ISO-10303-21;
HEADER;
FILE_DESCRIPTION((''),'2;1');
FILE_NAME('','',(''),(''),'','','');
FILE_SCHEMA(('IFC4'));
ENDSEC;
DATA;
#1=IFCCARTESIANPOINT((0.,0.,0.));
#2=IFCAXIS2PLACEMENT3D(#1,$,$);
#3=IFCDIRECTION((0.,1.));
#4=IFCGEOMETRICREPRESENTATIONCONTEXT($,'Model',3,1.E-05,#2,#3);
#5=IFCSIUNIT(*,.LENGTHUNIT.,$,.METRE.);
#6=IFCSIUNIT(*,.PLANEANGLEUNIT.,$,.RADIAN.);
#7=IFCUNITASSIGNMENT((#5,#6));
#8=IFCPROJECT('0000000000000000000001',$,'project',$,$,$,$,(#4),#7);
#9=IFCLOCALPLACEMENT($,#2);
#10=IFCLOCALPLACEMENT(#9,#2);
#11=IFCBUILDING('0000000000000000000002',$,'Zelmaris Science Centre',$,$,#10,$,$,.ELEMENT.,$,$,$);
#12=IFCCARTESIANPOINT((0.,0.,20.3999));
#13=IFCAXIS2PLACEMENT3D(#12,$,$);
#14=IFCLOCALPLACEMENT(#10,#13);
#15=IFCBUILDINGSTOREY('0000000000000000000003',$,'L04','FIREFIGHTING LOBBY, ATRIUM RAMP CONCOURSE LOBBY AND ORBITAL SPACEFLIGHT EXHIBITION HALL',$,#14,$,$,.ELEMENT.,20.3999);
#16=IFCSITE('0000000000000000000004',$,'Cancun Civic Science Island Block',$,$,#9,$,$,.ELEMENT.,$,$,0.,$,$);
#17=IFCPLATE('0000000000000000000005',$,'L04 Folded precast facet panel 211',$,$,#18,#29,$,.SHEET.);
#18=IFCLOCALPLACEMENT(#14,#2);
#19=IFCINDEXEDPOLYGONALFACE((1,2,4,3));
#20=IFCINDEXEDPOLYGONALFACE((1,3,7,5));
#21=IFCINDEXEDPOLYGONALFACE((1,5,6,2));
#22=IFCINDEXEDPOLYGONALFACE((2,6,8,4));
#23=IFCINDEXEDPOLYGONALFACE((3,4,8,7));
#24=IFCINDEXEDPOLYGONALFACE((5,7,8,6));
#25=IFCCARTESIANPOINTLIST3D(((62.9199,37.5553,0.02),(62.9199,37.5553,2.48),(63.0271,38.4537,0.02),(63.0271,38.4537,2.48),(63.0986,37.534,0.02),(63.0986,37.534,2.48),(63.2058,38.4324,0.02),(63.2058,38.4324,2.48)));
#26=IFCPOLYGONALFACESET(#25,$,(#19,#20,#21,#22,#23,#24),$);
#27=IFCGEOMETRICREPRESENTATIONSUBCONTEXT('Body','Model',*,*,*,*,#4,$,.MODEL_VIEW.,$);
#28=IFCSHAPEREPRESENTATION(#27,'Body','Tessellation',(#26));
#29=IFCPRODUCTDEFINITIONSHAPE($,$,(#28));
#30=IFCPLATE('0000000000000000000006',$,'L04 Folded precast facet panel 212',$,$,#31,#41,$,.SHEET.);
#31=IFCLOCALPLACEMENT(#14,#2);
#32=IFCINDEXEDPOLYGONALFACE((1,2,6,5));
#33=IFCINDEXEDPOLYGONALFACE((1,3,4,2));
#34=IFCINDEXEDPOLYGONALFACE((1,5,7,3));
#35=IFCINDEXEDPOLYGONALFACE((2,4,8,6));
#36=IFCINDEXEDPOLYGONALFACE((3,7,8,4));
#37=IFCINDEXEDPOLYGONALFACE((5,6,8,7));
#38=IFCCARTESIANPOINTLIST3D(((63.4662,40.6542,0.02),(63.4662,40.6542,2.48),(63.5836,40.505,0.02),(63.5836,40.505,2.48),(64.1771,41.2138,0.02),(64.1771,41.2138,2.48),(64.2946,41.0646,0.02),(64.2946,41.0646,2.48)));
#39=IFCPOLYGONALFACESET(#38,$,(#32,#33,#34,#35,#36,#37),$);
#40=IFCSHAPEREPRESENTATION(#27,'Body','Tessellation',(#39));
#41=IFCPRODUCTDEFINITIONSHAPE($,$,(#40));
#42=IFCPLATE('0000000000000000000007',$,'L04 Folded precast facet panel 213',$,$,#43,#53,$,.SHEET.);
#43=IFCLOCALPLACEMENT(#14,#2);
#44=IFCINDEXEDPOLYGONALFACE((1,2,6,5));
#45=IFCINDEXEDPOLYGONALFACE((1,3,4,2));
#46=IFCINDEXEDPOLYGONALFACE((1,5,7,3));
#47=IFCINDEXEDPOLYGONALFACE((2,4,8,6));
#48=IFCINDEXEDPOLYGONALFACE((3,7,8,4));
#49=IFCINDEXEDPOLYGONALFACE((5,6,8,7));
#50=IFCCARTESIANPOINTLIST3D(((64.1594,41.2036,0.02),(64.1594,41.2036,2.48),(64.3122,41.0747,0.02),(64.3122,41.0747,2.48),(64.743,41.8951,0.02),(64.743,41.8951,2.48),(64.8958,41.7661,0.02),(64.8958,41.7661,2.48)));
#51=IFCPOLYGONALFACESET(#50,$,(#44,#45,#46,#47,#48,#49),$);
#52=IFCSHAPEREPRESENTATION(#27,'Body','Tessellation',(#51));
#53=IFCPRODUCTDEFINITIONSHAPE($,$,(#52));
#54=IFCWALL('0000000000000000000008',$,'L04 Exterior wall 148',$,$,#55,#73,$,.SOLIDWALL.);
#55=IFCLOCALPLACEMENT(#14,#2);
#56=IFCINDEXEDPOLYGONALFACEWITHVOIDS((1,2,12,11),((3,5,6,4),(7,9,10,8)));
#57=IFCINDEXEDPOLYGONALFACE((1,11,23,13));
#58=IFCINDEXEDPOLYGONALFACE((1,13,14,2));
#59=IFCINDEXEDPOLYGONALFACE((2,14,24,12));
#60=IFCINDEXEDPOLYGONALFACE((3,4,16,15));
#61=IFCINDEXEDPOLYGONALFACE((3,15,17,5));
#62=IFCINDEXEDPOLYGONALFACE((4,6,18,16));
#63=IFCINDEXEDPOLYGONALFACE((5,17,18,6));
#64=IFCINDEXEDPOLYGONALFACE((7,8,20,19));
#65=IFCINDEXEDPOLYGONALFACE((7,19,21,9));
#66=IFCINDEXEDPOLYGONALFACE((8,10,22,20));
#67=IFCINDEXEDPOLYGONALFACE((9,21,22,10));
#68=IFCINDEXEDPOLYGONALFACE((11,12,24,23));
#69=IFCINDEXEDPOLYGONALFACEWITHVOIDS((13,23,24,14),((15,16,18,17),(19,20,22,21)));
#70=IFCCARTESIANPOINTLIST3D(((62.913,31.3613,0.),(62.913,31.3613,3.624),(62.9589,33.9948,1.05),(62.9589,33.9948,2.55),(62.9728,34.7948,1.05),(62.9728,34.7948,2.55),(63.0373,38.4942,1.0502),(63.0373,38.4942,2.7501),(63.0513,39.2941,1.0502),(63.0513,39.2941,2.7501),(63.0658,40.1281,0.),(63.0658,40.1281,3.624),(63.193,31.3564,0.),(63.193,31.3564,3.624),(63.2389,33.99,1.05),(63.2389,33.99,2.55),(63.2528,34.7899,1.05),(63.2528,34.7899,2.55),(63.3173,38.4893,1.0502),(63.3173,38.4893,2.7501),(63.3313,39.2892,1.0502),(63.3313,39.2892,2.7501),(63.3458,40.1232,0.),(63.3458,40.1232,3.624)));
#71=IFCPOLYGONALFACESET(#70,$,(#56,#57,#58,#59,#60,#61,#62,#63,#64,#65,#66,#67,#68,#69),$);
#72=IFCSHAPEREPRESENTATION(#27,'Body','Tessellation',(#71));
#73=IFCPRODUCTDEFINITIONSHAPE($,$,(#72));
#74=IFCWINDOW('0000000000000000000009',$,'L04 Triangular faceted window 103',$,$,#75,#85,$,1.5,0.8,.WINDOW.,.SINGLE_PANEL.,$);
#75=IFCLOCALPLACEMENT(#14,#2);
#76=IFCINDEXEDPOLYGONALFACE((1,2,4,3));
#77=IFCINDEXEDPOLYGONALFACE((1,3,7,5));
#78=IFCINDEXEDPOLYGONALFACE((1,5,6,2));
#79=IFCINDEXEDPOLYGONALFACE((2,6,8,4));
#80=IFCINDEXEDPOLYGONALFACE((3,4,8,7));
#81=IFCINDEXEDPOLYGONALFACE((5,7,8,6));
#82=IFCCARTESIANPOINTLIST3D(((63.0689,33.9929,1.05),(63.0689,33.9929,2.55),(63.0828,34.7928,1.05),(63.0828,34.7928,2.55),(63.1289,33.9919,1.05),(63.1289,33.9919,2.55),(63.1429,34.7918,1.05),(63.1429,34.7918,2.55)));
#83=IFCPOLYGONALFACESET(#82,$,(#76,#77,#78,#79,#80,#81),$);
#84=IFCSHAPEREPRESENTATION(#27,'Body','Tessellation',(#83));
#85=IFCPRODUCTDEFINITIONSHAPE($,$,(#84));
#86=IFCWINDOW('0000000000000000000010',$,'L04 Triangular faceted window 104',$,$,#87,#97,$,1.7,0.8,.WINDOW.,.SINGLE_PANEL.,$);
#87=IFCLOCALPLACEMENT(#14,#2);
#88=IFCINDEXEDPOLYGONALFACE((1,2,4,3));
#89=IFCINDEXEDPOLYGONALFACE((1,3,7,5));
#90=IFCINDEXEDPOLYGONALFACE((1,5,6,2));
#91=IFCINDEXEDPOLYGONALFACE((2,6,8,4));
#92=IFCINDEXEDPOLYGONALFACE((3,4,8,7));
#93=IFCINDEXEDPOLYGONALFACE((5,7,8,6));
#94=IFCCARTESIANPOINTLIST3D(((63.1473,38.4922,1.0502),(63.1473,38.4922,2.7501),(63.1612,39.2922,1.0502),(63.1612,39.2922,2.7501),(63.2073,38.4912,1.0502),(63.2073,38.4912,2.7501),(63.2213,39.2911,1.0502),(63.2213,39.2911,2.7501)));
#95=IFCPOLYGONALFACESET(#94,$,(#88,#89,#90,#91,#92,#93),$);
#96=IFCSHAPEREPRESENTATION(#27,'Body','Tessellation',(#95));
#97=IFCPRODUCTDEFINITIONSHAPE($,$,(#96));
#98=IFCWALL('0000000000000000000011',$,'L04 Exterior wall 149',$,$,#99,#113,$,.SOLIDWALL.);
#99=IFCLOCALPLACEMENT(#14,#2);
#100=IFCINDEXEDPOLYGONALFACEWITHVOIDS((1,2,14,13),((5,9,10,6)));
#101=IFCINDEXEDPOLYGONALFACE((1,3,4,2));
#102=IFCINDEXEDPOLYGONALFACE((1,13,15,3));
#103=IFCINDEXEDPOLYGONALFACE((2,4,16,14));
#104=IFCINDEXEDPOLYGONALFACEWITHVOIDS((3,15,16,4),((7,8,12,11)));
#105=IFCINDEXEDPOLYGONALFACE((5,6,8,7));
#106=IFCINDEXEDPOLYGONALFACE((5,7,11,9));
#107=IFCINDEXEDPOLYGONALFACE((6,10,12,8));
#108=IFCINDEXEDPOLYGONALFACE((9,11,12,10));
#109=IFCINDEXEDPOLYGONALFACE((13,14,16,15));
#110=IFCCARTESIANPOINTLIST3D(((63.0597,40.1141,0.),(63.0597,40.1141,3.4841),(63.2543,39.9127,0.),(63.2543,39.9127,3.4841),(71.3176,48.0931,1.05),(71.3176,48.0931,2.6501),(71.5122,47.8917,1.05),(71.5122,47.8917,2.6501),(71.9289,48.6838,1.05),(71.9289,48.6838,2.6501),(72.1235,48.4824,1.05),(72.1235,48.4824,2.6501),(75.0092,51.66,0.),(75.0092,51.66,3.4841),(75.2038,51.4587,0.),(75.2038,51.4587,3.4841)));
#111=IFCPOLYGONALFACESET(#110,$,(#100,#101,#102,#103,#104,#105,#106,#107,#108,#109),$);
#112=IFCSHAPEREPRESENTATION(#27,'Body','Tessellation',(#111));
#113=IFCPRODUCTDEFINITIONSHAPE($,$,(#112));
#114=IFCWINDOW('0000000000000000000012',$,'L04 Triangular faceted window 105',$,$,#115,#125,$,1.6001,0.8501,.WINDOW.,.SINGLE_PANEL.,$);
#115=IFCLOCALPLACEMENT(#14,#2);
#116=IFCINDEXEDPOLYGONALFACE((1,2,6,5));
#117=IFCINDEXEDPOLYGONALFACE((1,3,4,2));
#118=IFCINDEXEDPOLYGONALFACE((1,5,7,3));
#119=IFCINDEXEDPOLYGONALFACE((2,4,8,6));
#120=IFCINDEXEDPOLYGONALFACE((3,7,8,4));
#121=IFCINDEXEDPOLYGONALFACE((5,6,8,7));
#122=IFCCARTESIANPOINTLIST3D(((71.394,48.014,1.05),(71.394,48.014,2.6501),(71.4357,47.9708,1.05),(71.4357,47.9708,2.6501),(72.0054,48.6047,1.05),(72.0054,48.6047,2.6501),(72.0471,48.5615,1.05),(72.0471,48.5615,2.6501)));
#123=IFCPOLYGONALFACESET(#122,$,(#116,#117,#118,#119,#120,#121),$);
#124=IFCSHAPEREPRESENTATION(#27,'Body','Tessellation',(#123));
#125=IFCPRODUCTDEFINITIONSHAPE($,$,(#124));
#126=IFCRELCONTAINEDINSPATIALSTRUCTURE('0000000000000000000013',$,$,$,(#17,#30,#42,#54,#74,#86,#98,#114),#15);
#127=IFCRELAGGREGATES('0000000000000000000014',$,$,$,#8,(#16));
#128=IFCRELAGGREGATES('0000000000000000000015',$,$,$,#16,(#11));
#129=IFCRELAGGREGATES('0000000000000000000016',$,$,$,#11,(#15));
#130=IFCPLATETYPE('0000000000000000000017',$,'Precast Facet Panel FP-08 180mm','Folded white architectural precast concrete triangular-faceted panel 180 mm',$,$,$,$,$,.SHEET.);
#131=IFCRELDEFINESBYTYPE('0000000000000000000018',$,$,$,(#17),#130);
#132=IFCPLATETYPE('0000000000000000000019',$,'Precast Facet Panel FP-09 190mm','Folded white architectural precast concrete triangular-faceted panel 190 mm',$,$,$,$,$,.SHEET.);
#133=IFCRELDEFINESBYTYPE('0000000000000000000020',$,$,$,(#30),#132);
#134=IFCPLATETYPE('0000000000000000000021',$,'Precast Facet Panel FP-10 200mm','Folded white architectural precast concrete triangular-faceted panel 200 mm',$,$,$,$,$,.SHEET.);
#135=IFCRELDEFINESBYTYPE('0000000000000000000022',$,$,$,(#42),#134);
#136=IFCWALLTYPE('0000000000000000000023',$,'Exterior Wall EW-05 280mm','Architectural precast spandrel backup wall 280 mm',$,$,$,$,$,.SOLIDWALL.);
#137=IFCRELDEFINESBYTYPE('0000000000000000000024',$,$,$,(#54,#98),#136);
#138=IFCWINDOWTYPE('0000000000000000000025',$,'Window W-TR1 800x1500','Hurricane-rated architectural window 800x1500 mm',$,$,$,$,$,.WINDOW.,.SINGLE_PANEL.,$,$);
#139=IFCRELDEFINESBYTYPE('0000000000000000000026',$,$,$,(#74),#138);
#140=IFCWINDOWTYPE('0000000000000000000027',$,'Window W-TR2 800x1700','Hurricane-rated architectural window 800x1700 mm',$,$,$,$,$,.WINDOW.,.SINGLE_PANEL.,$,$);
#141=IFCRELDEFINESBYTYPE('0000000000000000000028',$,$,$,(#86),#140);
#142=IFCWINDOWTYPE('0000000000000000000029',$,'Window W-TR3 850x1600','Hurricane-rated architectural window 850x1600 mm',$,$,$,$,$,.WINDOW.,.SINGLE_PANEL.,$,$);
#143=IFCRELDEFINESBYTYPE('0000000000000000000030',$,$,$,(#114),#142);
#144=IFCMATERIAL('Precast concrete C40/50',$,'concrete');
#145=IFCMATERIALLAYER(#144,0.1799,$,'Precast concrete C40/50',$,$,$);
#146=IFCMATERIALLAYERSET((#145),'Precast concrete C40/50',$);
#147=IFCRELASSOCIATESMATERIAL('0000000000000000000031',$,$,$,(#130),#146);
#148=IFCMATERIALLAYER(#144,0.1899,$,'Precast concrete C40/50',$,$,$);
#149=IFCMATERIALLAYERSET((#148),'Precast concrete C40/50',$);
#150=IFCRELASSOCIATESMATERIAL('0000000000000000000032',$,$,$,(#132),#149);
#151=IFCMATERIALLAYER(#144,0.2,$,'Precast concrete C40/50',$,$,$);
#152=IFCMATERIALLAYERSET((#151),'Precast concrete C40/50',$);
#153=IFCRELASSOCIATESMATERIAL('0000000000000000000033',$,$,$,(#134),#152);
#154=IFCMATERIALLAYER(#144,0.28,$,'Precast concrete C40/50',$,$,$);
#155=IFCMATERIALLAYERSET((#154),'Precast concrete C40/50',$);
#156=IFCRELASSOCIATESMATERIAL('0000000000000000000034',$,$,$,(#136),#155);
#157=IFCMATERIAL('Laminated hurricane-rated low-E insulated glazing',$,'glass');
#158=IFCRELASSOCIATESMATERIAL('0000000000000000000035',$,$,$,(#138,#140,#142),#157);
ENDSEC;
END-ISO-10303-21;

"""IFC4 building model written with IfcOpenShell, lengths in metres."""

from ifc_helpers import new_model, si_unit, direction, frame, frame_2d, origin, place, context, subcontext, project, spatial, rectangle, extrude, material, layer, layer_set, type_object, element, fill, save


model = new_model("IFC4")

# Units and contexts
model_context = context("Model", 3, precision=1e-05, world=origin(), true_north=direction((0.0, 1.0)))
body_context = subcontext(model_context, "Body", "Model", "MODEL_VIEW")
ifc_project = project(units=[si_unit("LENGTHUNIT", "METRE"), si_unit("PLANEANGLEUNIT", "RADIAN")], contexts=[model_context])

# Site, building, storey
site_placement = place(None, origin())
site = spatial("IfcSite", under=ifc_project, at=site_placement, Name="Cancun Civic Science Island Block", CompositionType="ELEMENT", RefElevation=0.0)
building_placement = place(site_placement, origin())
building = spatial("IfcBuilding", under=site, at=building_placement, Name="Zelmaris Science Centre", CompositionType="ELEMENT")
storey_placement = place(building_placement, frame((0.0, 0.0, 20.3999)))
storey = spatial("IfcBuildingStorey", under=building, at=storey_placement, Name="L04", Description="FIREFIGHTING LOBBY, ATRIUM RAMP CONCOURSE LOBBY AND ORBITAL SPACEFLIGHT EXHIBITION HALL", CompositionType="ELEMENT", Elevation=20.3999)

# Shared definitions
ifc_material_1 = material(Name="Laminated hurricane-rated low-E insulated glazing", Category="glass")

# Plates
ifc_material_2 = material(Name="Precast concrete C40/50", Category="concrete")
ifc_layer_1 = layer(ifc_material_2, 0.1799, Name="Precast concrete C40/50")
ifc_layer_set_1 = layer_set([ifc_layer_1], Name="Precast concrete C40/50")
plate_type_1 = type_object("IfcPlateType", Name="Precast Facet Panel FP-08 180mm", Description="Folded white architectural precast concrete triangular-faceted panel 180 mm", PredefinedType="SHEET", material=ifc_layer_set_1)
plate_1_placement = place(storey_placement, frame((63.0093, 37.5447, 0.02), z_axis=(0.0, 0.0, 1.0), x_axis=(0.118454, 0.99296, 0.0)))
element("IfcPlate", 1, at=plate_1_placement, inside=storey, type_object=plate_type_1, Name="L04 Folded precast facet panel 211", PredefinedType="SHEET", context=body_context, shape_type="SweptSolid", body=[
    extrude(rectangle(XDim=0.9048, YDim=0.1799, at=frame_2d((0.4524, 0.0))), origin(), (0.0, 0.0, 1.0), 2.46),
])
ifc_layer_2 = layer(ifc_material_2, 0.1899, Name="Precast concrete C40/50")
ifc_layer_set_2 = layer_set([ifc_layer_2], Name="Precast concrete C40/50")
plate_type_2 = type_object("IfcPlateType", Name="Precast Facet Panel FP-09 190mm", Description="Folded white architectural precast concrete triangular-faceted panel 190 mm", PredefinedType="SHEET", material=ifc_layer_set_2)
plate_2_placement = place(storey_placement, frame((63.5249, 40.5796, 0.02), z_axis=(0.0, 0.0, 1.0), x_axis=(0.785794, 0.618489, 0.0)))
element("IfcPlate", 2, at=plate_2_placement, inside=storey, type_object=plate_type_2, Name="L04 Folded precast facet panel 212", PredefinedType="SHEET", context=body_context, shape_type="SweptSolid", body=[
    extrude(rectangle(XDim=0.9048, YDim=0.1899, at=frame_2d((0.4524, 0.0))), origin(), (0.0, 0.0, 1.0), 2.46),
])
ifc_layer_3 = layer(ifc_material_2, 0.2, Name="Precast concrete C40/50")
ifc_layer_set_3 = layer_set([ifc_layer_3], Name="Precast concrete C40/50")
plate_type_3 = type_object("IfcPlateType", Name="Precast Facet Panel FP-10 200mm", Description="Folded white architectural precast concrete triangular-faceted panel 200 mm", PredefinedType="SHEET", material=ifc_layer_set_3)
plate_3_placement = place(storey_placement, frame((64.2358, 41.1392, 0.02), z_axis=(0.0, 0.0, 1.0), x_axis=(0.64495, 0.764225, 0.0)))
element("IfcPlate", 3, at=plate_3_placement, inside=storey, type_object=plate_type_3, Name="L04 Folded precast facet panel 213", PredefinedType="SHEET", context=body_context, shape_type="SweptSolid", body=[
    extrude(rectangle(XDim=0.9048, YDim=0.2, at=frame_2d((0.4524, 0.0))), origin(), (0.0, 0.0, 1.0), 2.46),
])

# Wall, openings, windows
ifc_layer_4 = layer(ifc_material_2, 0.28, Name="Precast concrete C40/50")
ifc_layer_set_4 = layer_set([ifc_layer_4], Name="Precast concrete C40/50")
wall_type = type_object("IfcWallType", Name="Exterior Wall EW-05 280mm", Description="Architectural precast spandrel backup wall 280 mm", PredefinedType="SOLIDWALL", material=ifc_layer_set_4)
wall_1_placement = place(storey_placement, frame((63.053, 31.3589, 0.0), z_axis=(0.0, 0.0, 1.0), x_axis=(0.01743, 0.999848, 0.0)))
wall_1 = element("IfcWall", 4, at=wall_1_placement, inside=storey, type_object=wall_type, Name="L04 Exterior wall 148", PredefinedType="SOLIDWALL", context=body_context, shape_type="SweptSolid", body=[
    extrude(rectangle(XDim=8.7681, YDim=0.28, at=frame_2d((4.384, 0.0))), origin(), (0.0, 0.0, 1.0), 3.624),
])
opening_1_placement = place(wall_1_placement, frame((2.634, 0.0, 1.05)))
opening_1 = element("IfcOpeningElement", 5, at=opening_1_placement, cuts=wall_1, PredefinedType="OPENING", context=body_context, shape_type="SweptSolid", body=[
    extrude(rectangle(XDim=0.8, YDim=1.5, at=frame_2d((0.3999, 0.75))), frame((0.0, 0.1499, 0.0), z_axis=(0.0, -1.0, 0.0), x_axis=(1.0, 0.0, 0.0)), (0.0, 0.0, 1.0), 0.3),
])
opening_2_placement = place(wall_1_placement, frame((7.134, 0.0, 1.05)))
opening_2 = element("IfcOpeningElement", 6, at=opening_2_placement, cuts=wall_1, PredefinedType="OPENING", context=body_context, shape_type="SweptSolid", body=[
    extrude(rectangle(XDim=0.8, YDim=1.7, at=frame_2d((0.3999, 0.8501))), frame((0.0, 0.1499, 0.0), z_axis=(0.0, -1.0, 0.0), x_axis=(1.0, 0.0, 0.0)), (0.0, 0.0, 1.0), 0.3),
])
window_type_1 = type_object("IfcWindowType", Name="Window W-TR1 800x1500", Description="Hurricane-rated architectural window 800x1500 mm", PartitioningType="SINGLE_PANEL", PredefinedType="WINDOW", material=ifc_material_1)
window_1_placement = place(opening_1_placement, origin())
window_1 = element("IfcWindow", 7, at=window_1_placement, inside=storey, type_object=window_type_1, Name="L04 Triangular faceted window 103", OverallHeight=1.5, OverallWidth=0.8, PartitioningType="SINGLE_PANEL", PredefinedType="WINDOW", context=body_context, shape_type="SweptSolid", body=[
    extrude(rectangle(XDim=0.8, YDim=1.5, at=frame_2d((0.3999, 0.75))), frame((0.0, 0.03, 0.0), z_axis=(0.0, -1.0, 0.0), x_axis=(1.0, 0.0, 0.0)), (0.0, 0.0, 1.0), 0.0601),
])
fill(opening_1, window_1)
window_type_2 = type_object("IfcWindowType", Name="Window W-TR2 800x1700", Description="Hurricane-rated architectural window 800x1700 mm", PartitioningType="SINGLE_PANEL", PredefinedType="WINDOW", material=ifc_material_1)
window_2_placement = place(opening_2_placement, origin())
window_2 = element("IfcWindow", 8, at=window_2_placement, inside=storey, type_object=window_type_2, Name="L04 Triangular faceted window 104", OverallHeight=1.7, OverallWidth=0.8, PartitioningType="SINGLE_PANEL", PredefinedType="WINDOW", context=body_context, shape_type="SweptSolid", body=[
    extrude(rectangle(XDim=0.8, YDim=1.7, at=frame_2d((0.3999, 0.8501))), frame((0.0, 0.03, 0.0), z_axis=(0.0, -1.0, 0.0), x_axis=(1.0, 0.0, 0.0)), (0.0, 0.0, 1.0), 0.0601),
])
fill(opening_2, window_2)

# Wall, opening, window
wall_2_placement = place(storey_placement, frame((63.157, 40.0134, 0.0), z_axis=(0.0, 0.0, 1.0), x_axis=(0.719146, 0.694859, 0.0)))
wall_2 = element("IfcWall", 9, at=wall_2_placement, inside=storey, type_object=wall_type, Name="L04 Exterior wall 149", PredefinedType="SOLIDWALL", context=body_context, shape_type="SweptSolid", body=[
    extrude(rectangle(XDim=16.6162, YDim=0.28, at=frame_2d((8.3081, 0.0))), origin(), (0.0, 0.0, 1.0), 3.4841),
])
opening_3_placement = place(wall_2_placement, frame((11.4829, 0.0, 1.05)))
opening_3 = element("IfcOpeningElement", 10, at=opening_3_placement, cuts=wall_2, PredefinedType="OPENING", context=body_context, shape_type="SweptSolid", body=[
    extrude(rectangle(XDim=0.8501, YDim=1.6001, at=frame_2d((0.425, 0.8))), frame((0.0, 0.1499, 0.0), z_axis=(0.0, -1.0, 0.0), x_axis=(1.0, 0.0, 0.0)), (0.0, 0.0, 1.0), 0.3),
])
window_type_3 = type_object("IfcWindowType", Name="Window W-TR3 850x1600", Description="Hurricane-rated architectural window 850x1600 mm", PartitioningType="SINGLE_PANEL", PredefinedType="WINDOW", material=ifc_material_1)
window_3_placement = place(opening_3_placement, origin())
window_3 = element("IfcWindow", 11, at=window_3_placement, inside=storey, type_object=window_type_3, Name="L04 Triangular faceted window 105", OverallHeight=1.6001, OverallWidth=0.8501, PartitioningType="SINGLE_PANEL", PredefinedType="WINDOW", context=body_context, shape_type="SweptSolid", body=[
    extrude(rectangle(XDim=0.8501, YDim=1.6001, at=frame_2d((0.425, 0.8))), frame((0.0, 0.03, 0.0), z_axis=(0.0, -1.0, 0.0), x_axis=(1.0, 0.0, 0.0)), (0.0, 0.0, 1.0), 0.0601),
])
fill(opening_3, window_3)

save(model, "model.ifc")
